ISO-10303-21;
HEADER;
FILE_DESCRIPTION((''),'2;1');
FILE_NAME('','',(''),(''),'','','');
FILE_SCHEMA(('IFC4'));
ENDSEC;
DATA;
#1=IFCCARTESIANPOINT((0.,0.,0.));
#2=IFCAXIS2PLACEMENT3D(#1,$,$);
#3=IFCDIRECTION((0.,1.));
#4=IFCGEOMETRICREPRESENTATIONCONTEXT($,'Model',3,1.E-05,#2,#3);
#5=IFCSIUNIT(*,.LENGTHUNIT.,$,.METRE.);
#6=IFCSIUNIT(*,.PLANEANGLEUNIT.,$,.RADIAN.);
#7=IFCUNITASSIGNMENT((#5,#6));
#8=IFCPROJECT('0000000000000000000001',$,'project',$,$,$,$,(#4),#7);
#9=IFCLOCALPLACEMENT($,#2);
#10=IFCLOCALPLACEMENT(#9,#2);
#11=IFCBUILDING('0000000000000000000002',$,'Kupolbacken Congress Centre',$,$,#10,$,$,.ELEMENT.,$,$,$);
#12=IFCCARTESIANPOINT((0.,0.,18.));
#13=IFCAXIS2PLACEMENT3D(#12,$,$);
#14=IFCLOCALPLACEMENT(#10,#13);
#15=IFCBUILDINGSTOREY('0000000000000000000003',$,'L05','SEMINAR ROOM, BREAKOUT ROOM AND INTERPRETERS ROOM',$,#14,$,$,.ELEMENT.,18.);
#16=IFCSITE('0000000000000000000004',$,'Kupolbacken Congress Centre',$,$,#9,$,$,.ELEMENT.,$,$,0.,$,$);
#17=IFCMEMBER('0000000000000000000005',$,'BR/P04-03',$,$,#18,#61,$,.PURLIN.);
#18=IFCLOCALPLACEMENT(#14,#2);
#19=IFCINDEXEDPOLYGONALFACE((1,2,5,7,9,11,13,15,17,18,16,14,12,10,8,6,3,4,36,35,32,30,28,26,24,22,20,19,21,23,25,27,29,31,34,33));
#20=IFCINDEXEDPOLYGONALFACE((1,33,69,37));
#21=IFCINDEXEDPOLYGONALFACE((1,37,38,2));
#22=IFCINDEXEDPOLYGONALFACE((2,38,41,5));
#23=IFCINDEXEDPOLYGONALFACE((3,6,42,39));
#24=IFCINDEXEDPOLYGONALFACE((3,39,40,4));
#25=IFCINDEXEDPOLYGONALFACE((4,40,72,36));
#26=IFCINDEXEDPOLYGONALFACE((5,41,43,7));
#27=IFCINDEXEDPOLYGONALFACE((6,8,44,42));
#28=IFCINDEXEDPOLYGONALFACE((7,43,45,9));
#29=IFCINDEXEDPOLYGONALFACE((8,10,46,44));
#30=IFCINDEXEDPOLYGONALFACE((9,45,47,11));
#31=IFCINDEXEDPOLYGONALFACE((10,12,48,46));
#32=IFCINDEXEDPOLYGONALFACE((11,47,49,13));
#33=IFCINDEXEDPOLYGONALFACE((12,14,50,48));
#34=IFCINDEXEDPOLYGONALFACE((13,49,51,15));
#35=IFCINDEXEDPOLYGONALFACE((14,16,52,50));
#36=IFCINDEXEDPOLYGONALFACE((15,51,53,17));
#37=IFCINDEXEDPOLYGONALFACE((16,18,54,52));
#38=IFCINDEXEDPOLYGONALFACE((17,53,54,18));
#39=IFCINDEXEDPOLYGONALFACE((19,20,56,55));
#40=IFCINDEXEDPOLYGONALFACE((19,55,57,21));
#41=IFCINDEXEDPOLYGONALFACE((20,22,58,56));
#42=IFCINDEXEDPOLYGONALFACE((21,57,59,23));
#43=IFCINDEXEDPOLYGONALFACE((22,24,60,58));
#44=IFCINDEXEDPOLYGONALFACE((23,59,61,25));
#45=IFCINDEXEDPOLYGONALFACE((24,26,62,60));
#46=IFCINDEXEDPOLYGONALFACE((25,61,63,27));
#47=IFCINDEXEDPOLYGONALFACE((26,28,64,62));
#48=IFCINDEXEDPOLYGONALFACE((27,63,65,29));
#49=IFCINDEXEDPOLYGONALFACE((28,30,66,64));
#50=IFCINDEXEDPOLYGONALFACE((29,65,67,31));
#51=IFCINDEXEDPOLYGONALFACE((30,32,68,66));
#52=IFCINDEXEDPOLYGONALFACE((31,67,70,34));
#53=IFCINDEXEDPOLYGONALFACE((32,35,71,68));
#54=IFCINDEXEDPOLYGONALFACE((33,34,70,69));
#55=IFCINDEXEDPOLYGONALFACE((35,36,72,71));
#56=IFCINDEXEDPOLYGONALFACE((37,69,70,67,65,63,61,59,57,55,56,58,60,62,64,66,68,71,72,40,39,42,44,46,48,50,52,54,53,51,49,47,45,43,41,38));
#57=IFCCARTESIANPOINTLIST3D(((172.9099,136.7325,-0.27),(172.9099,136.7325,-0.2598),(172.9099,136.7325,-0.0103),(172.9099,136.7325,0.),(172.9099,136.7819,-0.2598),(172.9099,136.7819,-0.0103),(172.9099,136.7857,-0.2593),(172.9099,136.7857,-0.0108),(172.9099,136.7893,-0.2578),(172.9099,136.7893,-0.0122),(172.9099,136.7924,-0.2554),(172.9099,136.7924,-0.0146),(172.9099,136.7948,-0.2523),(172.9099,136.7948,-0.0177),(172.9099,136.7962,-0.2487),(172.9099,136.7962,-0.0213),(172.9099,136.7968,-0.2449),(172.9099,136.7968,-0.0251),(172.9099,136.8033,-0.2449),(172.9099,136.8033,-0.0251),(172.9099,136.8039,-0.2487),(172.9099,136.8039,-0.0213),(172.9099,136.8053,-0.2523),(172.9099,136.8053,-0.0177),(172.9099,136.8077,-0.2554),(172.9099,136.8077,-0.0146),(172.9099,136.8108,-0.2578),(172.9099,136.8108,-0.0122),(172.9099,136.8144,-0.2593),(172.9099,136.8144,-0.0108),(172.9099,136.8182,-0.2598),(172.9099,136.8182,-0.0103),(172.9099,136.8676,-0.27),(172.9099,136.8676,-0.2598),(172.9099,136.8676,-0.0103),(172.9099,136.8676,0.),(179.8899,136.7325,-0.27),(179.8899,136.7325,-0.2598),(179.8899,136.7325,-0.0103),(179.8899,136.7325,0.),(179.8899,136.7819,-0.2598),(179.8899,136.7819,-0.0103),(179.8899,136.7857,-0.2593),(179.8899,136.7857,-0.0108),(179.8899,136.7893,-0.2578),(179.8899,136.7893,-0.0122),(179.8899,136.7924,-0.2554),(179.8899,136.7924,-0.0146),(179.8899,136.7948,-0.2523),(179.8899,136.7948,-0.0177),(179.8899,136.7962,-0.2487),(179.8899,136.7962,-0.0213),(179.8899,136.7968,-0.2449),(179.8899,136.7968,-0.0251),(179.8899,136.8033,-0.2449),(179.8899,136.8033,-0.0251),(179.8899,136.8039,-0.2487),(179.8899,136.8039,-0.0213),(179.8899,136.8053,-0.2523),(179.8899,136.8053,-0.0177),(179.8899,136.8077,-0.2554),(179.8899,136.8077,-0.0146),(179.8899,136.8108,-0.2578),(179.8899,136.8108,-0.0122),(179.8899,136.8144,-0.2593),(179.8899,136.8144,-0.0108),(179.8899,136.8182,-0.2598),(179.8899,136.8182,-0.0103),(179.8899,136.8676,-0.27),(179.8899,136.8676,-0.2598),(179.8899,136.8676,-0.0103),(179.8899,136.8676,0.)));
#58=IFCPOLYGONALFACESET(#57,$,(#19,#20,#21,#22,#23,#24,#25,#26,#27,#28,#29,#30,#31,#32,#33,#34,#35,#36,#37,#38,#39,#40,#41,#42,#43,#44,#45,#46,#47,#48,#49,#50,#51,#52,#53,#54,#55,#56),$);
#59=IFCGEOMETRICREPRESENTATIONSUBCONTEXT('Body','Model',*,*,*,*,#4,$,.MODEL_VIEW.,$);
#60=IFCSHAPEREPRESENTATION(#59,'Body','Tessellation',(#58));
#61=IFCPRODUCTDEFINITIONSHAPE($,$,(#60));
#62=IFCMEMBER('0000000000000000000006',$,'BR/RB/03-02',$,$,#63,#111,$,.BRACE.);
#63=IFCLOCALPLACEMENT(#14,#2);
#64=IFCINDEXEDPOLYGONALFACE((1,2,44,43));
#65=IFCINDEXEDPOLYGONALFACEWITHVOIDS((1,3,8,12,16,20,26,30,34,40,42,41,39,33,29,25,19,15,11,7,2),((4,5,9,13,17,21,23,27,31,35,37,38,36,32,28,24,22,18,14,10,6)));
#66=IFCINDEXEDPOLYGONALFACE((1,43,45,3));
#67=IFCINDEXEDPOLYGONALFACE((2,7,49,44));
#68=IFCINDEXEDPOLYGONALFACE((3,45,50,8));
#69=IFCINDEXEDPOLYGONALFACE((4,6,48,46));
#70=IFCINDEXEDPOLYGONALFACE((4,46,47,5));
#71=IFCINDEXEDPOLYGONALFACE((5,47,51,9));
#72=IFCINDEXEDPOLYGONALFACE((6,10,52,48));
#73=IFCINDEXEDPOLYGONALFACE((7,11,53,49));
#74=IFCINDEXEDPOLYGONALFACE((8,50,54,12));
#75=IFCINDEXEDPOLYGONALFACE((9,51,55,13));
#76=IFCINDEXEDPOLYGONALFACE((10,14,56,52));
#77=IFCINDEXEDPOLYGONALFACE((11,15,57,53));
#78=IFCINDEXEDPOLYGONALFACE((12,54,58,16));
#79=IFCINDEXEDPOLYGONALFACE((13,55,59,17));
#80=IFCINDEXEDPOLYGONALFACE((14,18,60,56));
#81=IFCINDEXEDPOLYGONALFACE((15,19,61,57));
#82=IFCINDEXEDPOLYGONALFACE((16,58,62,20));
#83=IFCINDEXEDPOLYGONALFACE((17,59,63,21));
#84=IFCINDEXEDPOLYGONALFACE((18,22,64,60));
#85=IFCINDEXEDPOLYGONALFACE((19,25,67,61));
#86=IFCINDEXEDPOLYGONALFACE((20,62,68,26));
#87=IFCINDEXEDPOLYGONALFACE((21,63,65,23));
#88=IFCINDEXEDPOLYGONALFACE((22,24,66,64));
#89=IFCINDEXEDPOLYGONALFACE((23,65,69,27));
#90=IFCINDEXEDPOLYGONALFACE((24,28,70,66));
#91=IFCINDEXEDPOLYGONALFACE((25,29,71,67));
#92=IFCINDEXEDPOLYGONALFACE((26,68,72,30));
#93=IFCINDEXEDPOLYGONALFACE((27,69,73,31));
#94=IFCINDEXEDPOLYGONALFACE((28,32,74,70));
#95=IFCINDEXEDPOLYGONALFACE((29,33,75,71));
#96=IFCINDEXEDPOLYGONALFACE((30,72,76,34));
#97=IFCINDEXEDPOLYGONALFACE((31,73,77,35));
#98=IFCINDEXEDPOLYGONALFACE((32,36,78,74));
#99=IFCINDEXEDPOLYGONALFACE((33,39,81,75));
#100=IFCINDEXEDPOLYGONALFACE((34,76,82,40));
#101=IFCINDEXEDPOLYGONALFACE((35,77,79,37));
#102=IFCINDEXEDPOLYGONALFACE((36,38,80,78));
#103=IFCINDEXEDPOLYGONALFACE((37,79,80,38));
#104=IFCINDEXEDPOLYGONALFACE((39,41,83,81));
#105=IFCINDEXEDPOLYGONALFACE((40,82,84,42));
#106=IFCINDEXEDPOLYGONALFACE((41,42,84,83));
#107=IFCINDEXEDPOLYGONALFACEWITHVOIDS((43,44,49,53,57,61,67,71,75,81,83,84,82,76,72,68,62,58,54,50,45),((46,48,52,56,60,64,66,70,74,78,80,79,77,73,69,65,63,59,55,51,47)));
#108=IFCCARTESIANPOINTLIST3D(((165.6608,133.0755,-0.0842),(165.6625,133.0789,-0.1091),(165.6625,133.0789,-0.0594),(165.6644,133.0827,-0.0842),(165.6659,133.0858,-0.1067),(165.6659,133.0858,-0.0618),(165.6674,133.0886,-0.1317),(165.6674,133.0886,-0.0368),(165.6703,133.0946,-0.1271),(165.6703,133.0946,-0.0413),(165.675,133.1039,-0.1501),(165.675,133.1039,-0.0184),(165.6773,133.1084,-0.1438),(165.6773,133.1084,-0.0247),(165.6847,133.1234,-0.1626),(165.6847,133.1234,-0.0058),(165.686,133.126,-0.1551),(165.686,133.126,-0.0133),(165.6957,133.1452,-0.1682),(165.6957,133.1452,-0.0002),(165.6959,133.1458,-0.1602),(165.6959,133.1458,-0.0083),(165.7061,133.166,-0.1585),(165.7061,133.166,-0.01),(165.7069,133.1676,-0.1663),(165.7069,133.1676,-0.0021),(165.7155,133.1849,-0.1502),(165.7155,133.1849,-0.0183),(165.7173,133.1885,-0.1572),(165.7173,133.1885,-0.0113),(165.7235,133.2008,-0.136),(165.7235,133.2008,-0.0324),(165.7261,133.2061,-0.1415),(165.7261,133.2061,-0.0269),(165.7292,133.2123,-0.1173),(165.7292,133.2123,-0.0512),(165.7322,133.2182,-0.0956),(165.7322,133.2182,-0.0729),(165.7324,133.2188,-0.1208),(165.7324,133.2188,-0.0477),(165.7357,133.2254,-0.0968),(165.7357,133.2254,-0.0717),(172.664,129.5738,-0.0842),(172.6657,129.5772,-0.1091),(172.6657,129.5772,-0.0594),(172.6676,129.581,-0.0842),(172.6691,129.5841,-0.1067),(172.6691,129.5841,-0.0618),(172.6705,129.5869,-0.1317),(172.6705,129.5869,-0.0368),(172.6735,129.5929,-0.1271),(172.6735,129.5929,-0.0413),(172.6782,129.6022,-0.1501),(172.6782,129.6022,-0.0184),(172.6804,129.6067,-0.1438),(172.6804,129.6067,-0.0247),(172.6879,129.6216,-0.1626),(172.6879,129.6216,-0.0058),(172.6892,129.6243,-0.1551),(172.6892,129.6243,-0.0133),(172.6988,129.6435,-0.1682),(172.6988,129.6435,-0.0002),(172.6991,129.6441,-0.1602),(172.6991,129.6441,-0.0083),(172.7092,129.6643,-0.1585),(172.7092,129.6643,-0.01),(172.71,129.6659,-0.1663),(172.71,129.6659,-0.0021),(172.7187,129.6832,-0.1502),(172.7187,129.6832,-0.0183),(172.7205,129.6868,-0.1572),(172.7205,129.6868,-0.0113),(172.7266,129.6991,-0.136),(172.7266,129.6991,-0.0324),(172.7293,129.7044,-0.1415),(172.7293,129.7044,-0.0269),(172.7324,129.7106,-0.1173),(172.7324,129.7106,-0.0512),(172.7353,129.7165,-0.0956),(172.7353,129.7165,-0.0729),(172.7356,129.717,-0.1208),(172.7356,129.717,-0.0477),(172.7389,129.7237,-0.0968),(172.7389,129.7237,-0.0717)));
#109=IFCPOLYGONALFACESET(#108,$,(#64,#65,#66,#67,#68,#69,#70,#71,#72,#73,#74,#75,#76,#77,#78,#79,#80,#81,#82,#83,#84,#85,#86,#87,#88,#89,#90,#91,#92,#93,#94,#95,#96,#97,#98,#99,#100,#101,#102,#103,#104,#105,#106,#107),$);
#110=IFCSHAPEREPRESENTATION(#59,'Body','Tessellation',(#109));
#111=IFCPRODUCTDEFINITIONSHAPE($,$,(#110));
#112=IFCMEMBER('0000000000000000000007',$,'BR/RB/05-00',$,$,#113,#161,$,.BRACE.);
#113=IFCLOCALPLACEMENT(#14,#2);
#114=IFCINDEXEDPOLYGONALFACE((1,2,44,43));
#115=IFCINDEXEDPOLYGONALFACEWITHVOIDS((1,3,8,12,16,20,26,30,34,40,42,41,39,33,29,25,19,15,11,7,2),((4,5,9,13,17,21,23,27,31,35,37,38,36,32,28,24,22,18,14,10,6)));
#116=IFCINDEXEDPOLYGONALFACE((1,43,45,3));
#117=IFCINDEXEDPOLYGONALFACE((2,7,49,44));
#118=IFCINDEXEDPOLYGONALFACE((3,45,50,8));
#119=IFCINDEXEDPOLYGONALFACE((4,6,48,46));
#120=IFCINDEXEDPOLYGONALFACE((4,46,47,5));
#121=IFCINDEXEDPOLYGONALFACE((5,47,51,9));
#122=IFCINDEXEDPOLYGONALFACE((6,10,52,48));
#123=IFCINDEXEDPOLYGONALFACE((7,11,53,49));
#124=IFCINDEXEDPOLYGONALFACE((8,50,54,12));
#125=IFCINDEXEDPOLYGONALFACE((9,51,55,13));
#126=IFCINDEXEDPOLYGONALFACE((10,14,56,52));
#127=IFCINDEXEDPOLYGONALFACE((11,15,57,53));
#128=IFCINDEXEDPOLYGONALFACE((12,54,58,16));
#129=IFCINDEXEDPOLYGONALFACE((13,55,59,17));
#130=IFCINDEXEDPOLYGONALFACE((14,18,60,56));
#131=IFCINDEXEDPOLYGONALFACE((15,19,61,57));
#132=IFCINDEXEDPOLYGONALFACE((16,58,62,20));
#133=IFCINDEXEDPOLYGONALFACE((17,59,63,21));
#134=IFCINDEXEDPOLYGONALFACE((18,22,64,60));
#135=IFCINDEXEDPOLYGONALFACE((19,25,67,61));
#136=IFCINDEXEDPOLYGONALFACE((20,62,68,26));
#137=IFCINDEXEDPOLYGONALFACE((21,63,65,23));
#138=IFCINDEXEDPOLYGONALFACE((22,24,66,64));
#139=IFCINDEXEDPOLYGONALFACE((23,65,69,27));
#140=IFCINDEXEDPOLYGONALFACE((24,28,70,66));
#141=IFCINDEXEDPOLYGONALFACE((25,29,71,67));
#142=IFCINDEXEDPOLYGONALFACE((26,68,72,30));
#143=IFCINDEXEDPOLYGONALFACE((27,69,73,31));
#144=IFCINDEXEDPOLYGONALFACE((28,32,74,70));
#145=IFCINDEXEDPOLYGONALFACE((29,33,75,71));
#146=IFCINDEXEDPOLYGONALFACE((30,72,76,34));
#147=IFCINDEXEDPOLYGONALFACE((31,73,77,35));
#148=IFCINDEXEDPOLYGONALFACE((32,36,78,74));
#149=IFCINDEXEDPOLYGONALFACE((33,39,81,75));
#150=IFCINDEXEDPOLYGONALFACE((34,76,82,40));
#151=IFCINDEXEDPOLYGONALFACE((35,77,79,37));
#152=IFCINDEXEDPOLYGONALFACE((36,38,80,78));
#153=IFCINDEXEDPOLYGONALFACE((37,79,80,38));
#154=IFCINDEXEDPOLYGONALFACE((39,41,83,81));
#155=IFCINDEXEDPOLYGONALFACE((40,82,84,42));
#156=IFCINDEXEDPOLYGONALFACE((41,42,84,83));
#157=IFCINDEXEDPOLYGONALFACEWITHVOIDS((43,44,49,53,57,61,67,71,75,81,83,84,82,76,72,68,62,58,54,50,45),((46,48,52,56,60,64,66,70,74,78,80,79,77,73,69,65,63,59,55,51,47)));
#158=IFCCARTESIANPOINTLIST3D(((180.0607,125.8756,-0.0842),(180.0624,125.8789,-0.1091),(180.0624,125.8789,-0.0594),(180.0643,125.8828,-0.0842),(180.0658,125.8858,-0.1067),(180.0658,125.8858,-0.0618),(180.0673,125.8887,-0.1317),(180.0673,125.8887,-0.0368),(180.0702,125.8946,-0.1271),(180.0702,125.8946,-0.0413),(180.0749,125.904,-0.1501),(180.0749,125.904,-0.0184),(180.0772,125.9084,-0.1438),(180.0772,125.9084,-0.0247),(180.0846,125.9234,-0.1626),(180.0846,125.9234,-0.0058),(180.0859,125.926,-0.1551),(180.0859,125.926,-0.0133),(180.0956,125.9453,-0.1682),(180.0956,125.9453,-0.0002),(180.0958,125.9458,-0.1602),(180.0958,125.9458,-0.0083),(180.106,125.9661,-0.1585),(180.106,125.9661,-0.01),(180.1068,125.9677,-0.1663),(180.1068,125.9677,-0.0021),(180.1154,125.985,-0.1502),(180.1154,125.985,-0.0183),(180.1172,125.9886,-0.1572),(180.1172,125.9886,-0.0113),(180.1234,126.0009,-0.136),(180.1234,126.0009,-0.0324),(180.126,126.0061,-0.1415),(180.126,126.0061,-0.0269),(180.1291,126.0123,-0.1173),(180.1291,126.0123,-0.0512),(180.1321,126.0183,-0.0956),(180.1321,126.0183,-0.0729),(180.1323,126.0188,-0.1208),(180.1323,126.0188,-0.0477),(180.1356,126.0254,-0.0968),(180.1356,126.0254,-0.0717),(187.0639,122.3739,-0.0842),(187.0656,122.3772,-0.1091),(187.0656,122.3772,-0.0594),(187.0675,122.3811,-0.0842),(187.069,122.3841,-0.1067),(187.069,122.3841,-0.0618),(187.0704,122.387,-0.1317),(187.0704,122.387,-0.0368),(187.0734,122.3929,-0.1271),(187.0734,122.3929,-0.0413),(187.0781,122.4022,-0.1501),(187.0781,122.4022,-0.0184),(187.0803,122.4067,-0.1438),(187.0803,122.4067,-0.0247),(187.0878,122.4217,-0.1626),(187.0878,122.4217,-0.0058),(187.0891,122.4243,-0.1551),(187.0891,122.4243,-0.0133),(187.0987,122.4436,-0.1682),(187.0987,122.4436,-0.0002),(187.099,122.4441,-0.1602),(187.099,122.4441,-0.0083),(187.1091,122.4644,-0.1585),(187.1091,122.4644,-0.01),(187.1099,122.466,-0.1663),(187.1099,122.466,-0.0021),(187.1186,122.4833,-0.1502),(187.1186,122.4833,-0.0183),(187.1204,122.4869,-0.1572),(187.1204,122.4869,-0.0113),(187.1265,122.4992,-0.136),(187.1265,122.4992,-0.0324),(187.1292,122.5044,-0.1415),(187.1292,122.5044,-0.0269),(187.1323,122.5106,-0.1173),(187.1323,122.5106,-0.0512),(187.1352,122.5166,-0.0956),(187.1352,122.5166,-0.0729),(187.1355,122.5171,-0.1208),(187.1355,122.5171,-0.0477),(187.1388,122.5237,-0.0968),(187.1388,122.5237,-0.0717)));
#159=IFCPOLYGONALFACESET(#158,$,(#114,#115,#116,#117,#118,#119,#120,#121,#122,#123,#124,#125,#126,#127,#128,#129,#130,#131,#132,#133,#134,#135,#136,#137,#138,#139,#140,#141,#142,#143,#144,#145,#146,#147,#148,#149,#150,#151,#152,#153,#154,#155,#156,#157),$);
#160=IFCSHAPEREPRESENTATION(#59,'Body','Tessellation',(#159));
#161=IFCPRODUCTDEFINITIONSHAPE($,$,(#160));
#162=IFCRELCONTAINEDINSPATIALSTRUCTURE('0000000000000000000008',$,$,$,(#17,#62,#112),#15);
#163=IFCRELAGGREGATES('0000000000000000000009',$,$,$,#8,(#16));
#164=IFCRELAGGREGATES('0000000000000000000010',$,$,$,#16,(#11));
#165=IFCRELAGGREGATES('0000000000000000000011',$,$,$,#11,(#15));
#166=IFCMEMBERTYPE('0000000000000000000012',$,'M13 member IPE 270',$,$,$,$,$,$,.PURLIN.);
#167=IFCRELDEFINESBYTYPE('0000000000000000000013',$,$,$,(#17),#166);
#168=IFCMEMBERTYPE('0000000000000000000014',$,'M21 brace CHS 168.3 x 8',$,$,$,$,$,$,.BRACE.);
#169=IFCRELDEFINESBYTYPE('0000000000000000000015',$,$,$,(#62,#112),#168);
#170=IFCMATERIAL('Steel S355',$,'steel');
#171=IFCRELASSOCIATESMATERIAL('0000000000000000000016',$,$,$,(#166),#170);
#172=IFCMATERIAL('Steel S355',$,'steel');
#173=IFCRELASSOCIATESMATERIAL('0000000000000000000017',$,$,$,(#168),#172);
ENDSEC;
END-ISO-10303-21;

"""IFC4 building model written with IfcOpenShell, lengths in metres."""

from ifc_helpers import new_model, si_unit, direction, frame, origin, origin_2d, place, context, subcontext, project, spatial, hollow_circle, i_section, extrude, material, material_profile, profile_set, type_object, element, save


model = new_model("IFC4")

# Units and contexts
model_context = context("Model", 3, precision=1e-05, world=origin(), true_north=direction((0.0, 1.0)))
body_context = subcontext(model_context, "Body", "Model", "MODEL_VIEW")
ifc_project = project(units=[si_unit("LENGTHUNIT", "METRE"), si_unit("PLANEANGLEUNIT", "RADIAN")], contexts=[model_context])

# Site, building, storey
site_placement = place(None, origin())
site = spatial("IfcSite", under=ifc_project, at=site_placement, Name="Kupolbacken Congress Centre", CompositionType="ELEMENT", RefElevation=0.0)
building_placement = place(site_placement, origin())
building = spatial("IfcBuilding", under=site, at=building_placement, Name="Kupolbacken Congress Centre", CompositionType="ELEMENT")
storey_placement = place(building_placement, frame((0.0, 0.0, 18.0)))
storey = spatial("IfcBuildingStorey", under=building, at=storey_placement, Name="L05", Description="SEMINAR ROOM, BREAKOUT ROOM AND INTERPRETERS ROOM", CompositionType="ELEMENT", Elevation=18.0)

# Members
ifc_material_1 = material(Name="Steel S355", Category="steel")
ifc_material_profile_1 = material_profile(ifc_material_1, i_section(OverallWidth=0.135, OverallDepth=0.27, WebThickness=0.0066, FlangeThickness=0.0103, FilletRadius=0.0149, at=origin_2d()), Name="IPE 270")
ifc_profile_set_1 = profile_set([ifc_material_profile_1], Name="Steel S355")
member_type_1 = type_object("IfcMemberType", Name="M13 member IPE 270", PredefinedType="PURLIN", material=ifc_profile_set_1)
for number, where, z_axis, x_axis, name in (
    (1, (172.9099, 136.8, -0.135), (1.0, 0.0, 0.0), (0.0, 1.0, 0.0), "BR/P04-03"),
):
    element("IfcMember", number, at=place(storey_placement, frame(where, z_axis=z_axis, x_axis=x_axis)), inside=storey, type_object=member_type_1, Name=name, PredefinedType="PURLIN", context=body_context, shape_type="SweptSolid", body=[
        extrude(i_section(OverallWidth=0.135, OverallDepth=0.27, WebThickness=0.0066, FlangeThickness=0.0103, FilletRadius=0.0149, at=origin_2d()), origin(), (0.0, 0.0, 1.0), 6.98),
    ])
ifc_material_2 = material(Name="Steel S355", Category="steel")
ifc_material_profile_2 = material_profile(ifc_material_2, hollow_circle(Radius=0.0842, WallThickness=0.0081, at=origin_2d()), Name="CHS 168.3 x 8")
ifc_profile_set_2 = profile_set([ifc_material_profile_2], Name="Steel S355")
member_type_2 = type_object("IfcMemberType", Name="M21 brace CHS 168.3 x 8", PredefinedType="BRACE", material=ifc_profile_set_2)
for number, where, z_axis, x_axis, name in (
    (2, (172.7017, 129.6492, -0.0842), (-0.894421, 0.447226, 0.0), (-0.447226, -0.894421, 0.0), "BR/RB/03-02"),
    (3, (187.1016, 122.4492, -0.0842), (-0.894421, 0.447226, 0.0), (-0.447226, -0.894421, 0.0), "BR/RB/05-00"),
):
    element("IfcMember", number, at=place(storey_placement, frame(where, z_axis=z_axis, x_axis=x_axis)), inside=storey, type_object=member_type_2, Name=name, PredefinedType="BRACE", context=body_context, shape_type="SweptSolid", body=[
        extrude(hollow_circle(Radius=0.0842, WallThickness=0.0081, at=origin_2d()), origin(), (0.0, 0.0, 1.0), 7.8298),
    ])

save(model, "model.ifc")
